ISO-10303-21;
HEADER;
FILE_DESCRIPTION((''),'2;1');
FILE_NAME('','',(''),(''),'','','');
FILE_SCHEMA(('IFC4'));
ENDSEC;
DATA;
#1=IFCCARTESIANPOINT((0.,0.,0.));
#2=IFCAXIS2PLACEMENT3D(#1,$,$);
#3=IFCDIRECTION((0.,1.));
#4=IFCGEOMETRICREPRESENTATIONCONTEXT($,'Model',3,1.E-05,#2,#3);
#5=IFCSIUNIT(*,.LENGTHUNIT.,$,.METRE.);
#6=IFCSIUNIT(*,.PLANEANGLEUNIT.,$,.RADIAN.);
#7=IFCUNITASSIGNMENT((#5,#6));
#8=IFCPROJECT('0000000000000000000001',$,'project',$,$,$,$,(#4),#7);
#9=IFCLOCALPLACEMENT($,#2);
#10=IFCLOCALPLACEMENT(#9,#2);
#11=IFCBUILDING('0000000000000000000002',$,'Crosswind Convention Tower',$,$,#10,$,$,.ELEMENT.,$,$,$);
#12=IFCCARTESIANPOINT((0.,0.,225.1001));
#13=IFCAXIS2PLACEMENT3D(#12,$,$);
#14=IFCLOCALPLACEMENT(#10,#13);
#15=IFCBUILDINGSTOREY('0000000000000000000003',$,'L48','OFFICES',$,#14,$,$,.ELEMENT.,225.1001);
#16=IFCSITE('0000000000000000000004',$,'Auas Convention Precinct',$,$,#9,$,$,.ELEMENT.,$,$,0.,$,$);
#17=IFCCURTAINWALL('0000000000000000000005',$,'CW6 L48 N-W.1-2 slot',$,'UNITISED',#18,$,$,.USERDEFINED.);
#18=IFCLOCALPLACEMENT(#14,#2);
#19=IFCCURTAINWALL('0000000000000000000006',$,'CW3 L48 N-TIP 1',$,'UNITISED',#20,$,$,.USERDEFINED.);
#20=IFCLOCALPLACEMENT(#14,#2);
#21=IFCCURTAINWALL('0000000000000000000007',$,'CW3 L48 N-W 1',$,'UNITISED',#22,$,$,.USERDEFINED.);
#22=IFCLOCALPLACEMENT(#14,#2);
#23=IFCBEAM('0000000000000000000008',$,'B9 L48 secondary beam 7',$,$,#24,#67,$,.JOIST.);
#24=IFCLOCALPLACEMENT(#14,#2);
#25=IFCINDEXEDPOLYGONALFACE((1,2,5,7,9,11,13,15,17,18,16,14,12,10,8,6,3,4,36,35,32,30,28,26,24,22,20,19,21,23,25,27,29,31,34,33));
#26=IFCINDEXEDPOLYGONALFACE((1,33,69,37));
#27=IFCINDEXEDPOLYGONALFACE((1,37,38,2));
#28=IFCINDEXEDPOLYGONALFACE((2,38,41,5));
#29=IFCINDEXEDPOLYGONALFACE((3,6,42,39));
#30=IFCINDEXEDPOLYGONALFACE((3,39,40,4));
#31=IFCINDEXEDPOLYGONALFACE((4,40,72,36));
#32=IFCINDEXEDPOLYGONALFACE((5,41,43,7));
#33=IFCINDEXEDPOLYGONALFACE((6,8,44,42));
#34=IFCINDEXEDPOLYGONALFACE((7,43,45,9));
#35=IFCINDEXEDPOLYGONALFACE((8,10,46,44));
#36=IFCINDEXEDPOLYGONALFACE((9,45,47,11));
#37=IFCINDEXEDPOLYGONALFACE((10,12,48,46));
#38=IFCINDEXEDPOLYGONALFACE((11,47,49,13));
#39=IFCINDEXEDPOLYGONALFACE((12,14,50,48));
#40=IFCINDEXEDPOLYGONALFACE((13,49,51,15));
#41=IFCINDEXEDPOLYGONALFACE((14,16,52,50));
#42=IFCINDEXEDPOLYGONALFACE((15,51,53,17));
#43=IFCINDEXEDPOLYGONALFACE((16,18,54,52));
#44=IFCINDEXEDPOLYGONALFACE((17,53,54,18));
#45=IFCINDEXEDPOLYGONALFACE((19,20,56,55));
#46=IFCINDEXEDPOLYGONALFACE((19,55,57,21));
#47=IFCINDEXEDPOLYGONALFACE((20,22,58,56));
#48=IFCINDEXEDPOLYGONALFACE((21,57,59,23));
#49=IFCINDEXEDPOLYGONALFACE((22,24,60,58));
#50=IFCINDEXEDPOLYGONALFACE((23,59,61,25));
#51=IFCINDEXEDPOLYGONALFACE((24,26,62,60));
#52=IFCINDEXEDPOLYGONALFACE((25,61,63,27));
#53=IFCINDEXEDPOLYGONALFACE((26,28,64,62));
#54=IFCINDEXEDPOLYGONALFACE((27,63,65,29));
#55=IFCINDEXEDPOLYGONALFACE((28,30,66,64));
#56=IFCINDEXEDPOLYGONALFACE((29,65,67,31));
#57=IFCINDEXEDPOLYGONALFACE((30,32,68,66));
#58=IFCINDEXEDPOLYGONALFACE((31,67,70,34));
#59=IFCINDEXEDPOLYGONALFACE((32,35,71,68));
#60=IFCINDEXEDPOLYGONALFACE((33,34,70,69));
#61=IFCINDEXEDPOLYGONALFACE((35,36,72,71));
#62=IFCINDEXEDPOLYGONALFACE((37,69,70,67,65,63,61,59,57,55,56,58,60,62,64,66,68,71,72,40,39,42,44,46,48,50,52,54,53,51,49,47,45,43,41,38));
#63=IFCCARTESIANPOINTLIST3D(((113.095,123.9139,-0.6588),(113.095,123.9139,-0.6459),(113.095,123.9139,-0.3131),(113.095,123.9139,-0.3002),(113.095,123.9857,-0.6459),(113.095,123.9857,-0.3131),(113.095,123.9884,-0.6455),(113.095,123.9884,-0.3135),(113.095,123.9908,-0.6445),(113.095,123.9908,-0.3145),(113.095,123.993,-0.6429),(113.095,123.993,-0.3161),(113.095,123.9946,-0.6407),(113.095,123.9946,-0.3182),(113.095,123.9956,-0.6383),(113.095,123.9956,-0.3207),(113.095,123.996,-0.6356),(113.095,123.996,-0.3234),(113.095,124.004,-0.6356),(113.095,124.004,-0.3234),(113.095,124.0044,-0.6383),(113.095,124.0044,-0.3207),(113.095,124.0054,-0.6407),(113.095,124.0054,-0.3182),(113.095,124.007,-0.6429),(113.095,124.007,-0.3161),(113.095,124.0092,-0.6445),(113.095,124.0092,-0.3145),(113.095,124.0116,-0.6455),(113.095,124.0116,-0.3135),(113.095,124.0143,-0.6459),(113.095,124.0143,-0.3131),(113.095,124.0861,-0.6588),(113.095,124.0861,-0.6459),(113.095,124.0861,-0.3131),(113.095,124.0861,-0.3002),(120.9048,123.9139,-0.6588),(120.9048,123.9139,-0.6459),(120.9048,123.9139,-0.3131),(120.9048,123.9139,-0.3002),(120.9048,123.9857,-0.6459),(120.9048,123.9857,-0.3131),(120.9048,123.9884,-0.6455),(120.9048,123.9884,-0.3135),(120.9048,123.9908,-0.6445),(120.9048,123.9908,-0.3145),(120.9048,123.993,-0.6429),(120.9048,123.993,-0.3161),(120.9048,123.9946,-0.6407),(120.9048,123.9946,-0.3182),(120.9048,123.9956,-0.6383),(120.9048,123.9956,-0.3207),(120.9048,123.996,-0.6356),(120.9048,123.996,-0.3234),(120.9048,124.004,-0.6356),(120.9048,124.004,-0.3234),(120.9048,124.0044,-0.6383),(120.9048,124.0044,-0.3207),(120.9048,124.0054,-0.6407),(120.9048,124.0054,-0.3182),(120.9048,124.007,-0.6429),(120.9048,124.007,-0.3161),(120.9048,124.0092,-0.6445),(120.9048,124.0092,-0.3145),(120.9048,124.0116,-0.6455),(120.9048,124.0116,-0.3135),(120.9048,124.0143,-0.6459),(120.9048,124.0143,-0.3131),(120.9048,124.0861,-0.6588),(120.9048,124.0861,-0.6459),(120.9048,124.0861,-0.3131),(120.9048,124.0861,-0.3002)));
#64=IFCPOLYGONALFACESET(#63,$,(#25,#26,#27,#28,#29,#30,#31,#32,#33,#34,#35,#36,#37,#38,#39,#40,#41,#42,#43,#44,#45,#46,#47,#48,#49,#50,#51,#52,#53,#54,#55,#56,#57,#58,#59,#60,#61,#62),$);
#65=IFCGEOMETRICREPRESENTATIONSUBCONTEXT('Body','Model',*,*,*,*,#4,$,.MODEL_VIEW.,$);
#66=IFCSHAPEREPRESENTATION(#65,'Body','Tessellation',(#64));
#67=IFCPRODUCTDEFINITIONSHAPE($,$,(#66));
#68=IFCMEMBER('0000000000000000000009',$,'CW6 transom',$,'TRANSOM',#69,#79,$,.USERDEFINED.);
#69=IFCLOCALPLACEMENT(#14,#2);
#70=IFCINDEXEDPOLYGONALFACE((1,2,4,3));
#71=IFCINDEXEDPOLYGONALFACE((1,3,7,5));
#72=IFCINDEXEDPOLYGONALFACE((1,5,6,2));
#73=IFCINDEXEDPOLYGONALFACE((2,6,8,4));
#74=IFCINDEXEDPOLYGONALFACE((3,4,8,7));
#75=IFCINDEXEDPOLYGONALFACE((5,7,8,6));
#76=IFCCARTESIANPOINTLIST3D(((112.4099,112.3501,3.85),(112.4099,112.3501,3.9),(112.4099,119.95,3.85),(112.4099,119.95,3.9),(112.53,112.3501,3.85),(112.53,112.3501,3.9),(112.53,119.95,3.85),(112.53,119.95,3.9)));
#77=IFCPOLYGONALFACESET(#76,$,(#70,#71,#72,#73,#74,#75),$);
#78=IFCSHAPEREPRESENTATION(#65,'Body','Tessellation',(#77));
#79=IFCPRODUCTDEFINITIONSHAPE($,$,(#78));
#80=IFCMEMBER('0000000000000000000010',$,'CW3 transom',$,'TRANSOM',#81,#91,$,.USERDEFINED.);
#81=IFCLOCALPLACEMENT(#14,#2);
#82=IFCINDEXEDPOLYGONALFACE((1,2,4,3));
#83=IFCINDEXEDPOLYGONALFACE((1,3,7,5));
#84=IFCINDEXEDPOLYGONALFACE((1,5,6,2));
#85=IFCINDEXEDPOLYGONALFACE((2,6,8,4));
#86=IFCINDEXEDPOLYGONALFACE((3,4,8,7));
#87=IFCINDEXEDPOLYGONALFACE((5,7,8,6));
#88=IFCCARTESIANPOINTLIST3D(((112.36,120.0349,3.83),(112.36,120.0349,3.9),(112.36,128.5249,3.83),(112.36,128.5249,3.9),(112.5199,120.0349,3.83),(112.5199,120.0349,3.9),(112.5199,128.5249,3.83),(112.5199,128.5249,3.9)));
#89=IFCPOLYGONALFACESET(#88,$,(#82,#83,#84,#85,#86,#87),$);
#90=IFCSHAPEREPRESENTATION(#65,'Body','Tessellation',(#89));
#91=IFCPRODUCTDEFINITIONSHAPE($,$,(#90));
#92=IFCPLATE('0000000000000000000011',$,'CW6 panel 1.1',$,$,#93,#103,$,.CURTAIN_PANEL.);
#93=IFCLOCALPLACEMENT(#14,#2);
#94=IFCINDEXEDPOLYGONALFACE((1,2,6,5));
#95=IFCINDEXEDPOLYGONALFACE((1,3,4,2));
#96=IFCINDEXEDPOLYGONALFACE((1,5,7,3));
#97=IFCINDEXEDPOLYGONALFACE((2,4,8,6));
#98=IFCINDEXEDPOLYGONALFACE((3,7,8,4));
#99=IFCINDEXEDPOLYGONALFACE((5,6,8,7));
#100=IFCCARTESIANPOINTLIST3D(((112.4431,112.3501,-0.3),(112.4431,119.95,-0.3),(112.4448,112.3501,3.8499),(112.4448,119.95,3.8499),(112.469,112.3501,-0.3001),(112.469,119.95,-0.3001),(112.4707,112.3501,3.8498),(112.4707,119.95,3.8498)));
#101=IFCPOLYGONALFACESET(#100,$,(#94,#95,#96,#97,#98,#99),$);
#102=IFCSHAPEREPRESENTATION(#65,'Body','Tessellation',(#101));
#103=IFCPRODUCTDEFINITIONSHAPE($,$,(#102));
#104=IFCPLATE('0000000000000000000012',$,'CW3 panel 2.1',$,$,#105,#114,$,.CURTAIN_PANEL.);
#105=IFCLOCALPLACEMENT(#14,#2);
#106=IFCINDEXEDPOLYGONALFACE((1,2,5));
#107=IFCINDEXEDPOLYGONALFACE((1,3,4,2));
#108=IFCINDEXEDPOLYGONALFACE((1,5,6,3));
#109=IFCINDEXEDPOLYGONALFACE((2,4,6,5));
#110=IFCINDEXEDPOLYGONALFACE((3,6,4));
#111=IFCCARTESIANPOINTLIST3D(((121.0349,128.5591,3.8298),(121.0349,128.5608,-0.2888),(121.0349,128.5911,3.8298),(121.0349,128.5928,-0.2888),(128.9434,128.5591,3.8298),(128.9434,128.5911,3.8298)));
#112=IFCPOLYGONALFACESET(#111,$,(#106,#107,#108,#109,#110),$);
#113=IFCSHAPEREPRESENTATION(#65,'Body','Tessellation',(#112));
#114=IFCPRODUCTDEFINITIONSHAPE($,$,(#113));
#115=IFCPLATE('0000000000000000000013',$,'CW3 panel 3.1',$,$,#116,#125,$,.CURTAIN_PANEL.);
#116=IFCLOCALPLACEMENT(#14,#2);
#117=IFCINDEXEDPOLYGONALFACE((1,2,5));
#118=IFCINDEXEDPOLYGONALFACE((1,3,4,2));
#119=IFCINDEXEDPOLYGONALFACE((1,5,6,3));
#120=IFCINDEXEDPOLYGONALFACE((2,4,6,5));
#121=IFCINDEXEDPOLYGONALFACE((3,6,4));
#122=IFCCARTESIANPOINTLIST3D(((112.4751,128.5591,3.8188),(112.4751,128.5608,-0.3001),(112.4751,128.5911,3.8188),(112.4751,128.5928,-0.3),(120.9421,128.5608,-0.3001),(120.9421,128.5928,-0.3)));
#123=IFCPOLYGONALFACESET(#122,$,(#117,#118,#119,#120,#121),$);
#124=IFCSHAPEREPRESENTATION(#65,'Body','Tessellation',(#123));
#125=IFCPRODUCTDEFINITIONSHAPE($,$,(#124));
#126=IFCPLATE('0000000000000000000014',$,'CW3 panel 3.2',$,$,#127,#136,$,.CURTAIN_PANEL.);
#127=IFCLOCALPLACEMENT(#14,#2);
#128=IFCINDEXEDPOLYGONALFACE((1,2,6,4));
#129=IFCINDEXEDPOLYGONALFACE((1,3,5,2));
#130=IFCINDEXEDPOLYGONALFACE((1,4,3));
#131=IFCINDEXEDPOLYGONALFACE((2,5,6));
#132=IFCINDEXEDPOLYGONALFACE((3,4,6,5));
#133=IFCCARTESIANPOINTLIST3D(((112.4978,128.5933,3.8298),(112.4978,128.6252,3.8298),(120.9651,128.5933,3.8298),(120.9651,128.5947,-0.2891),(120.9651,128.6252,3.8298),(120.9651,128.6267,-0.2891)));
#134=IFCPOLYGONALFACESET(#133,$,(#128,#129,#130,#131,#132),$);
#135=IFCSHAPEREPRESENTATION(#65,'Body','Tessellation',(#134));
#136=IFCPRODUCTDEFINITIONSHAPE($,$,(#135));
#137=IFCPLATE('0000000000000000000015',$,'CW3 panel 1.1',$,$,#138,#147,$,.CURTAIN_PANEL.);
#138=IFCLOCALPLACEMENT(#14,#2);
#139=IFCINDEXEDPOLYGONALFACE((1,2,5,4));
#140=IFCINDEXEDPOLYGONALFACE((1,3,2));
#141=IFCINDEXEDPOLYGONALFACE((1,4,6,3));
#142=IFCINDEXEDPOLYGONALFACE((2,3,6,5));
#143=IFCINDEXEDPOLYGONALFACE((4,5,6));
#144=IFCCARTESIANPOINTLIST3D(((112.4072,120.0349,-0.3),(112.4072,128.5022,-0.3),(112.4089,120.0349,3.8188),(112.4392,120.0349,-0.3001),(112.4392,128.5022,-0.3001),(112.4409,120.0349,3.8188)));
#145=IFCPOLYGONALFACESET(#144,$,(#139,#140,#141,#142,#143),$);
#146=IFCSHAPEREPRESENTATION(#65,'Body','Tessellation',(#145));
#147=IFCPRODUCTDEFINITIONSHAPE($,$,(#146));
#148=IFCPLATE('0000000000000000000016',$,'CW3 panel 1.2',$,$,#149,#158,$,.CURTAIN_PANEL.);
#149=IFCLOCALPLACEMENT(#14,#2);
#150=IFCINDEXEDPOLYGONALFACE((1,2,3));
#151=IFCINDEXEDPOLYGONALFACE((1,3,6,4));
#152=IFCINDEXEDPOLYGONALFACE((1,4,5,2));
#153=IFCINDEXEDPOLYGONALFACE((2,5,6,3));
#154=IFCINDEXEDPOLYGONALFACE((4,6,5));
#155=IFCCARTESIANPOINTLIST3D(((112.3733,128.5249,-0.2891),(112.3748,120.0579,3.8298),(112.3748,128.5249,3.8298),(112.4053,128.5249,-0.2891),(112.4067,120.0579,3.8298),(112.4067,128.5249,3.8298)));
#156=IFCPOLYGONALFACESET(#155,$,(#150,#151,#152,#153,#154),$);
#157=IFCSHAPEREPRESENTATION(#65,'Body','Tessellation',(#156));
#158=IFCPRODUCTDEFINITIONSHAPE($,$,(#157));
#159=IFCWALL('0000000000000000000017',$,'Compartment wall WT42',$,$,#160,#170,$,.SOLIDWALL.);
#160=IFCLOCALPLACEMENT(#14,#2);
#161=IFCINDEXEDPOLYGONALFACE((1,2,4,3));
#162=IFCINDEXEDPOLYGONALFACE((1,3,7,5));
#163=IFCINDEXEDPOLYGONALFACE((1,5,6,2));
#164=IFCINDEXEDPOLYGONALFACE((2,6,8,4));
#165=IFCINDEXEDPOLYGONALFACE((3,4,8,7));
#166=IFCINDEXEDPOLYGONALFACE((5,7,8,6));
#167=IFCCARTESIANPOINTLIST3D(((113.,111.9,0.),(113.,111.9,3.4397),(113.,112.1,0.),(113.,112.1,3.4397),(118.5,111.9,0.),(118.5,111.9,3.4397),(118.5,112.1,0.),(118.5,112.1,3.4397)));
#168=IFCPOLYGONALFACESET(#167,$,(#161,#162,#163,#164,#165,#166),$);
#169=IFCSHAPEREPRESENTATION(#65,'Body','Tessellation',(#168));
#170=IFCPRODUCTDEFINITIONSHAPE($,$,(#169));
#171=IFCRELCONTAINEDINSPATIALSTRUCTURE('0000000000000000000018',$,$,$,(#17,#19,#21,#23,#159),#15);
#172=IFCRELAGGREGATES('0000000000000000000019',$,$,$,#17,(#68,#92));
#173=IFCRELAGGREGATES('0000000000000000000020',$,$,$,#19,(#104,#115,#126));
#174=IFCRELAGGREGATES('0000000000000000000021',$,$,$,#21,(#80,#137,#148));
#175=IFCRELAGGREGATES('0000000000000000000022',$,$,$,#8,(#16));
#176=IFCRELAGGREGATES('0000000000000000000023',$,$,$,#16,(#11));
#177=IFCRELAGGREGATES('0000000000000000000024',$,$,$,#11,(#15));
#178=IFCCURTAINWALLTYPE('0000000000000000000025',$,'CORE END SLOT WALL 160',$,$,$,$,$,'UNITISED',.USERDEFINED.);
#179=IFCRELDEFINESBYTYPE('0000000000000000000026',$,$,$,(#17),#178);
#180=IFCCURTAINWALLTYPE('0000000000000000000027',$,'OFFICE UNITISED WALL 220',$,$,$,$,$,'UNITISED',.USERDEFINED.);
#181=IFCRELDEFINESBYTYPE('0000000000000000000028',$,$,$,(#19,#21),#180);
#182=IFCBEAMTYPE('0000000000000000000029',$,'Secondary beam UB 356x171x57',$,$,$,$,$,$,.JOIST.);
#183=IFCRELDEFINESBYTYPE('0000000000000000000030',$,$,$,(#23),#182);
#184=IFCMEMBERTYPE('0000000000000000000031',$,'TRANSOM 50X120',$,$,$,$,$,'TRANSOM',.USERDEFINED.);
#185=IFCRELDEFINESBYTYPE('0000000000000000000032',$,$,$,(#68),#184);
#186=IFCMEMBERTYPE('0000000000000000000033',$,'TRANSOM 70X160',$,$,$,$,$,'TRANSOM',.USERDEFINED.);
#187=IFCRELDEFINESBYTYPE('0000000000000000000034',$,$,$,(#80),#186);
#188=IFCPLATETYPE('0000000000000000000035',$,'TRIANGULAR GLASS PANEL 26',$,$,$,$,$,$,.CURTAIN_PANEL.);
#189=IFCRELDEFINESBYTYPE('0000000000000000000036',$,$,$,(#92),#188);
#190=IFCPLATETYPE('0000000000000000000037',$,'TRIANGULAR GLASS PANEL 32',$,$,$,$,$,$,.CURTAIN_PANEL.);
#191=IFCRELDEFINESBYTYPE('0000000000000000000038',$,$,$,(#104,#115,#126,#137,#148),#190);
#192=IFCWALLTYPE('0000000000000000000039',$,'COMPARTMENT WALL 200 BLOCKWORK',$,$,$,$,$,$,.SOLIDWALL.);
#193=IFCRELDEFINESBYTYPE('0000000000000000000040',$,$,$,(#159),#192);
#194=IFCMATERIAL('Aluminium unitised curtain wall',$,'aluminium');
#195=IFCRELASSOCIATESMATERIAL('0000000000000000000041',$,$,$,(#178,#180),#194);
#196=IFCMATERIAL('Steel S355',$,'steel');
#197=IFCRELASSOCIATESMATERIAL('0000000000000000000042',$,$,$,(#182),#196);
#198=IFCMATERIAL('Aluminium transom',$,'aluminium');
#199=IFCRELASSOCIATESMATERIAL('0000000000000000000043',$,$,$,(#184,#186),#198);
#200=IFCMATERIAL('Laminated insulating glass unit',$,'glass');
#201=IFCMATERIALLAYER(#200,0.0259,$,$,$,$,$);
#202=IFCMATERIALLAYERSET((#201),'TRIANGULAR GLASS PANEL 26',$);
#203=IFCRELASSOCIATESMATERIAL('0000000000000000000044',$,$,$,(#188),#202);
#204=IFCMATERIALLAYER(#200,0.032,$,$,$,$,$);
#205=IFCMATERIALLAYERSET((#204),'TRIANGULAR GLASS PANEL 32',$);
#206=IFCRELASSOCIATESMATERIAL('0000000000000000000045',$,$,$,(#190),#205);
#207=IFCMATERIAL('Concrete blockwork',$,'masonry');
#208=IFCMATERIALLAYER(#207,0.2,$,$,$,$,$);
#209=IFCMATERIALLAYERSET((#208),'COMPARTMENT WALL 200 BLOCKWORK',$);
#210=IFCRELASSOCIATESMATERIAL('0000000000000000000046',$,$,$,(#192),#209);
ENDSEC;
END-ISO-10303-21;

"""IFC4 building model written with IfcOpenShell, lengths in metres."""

from ifc_helpers import new_model, si_unit, direction, frame, frame_2d, origin, origin_2d, place, context, subcontext, project, spatial, polyline, rectangle, i_section, outline, extrude, material, layer, layer_set, material_profile, profile_set, type_object, element, aggregate, save


model = new_model("IFC4")

# Units and contexts
model_context = context("Model", 3, precision=1e-05, world=origin(), true_north=direction((0.0, 1.0)))
body_context = subcontext(model_context, "Body", "Model", "MODEL_VIEW")
ifc_project = project(units=[si_unit("LENGTHUNIT", "METRE"), si_unit("PLANEANGLEUNIT", "RADIAN")], contexts=[model_context])

# Site, building, storey
site_placement = place(None, origin())
site = spatial("IfcSite", under=ifc_project, at=site_placement, Name="Auas Convention Precinct", CompositionType="ELEMENT", RefElevation=0.0)
building_placement = place(site_placement, origin())
building = spatial("IfcBuilding", under=site, at=building_placement, Name="Crosswind Convention Tower", CompositionType="ELEMENT")
storey_placement = place(building_placement, frame((0.0, 0.0, 225.1001)))
storey = spatial("IfcBuildingStorey", under=building, at=storey_placement, Name="L48", Description="OFFICES", CompositionType="ELEMENT", Elevation=225.1001)

# Shared definitions
ifc_material_1 = material(Name="Steel S355", Category="steel")

# Curtain walls
ifc_material_2 = material(Name="Aluminium unitised curtain wall", Category="aluminium")
curtain_wall_type_1 = type_object("IfcCurtainWallType", Name="CORE END SLOT WALL 160", ElementType="UNITISED", PredefinedType="USERDEFINED", material=ifc_material_2)
curtain_wall_1_placement = place(storey_placement, origin())
curtain_wall_1 = element("IfcCurtainWall", 1, at=curtain_wall_1_placement, inside=storey, type_object=curtain_wall_type_1, Name="CW6 L48 N-W.1-2 slot", ObjectType="UNITISED", PredefinedType="USERDEFINED")
curtain_wall_type_2 = type_object("IfcCurtainWallType", Name="OFFICE UNITISED WALL 220", ElementType="UNITISED", PredefinedType="USERDEFINED", material=ifc_material_2)
curtain_wall_2_placement = place(storey_placement, origin())
curtain_wall_2 = element("IfcCurtainWall", 2, at=curtain_wall_2_placement, inside=storey, type_object=curtain_wall_type_2, Name="CW3 L48 N-TIP 1", ObjectType="UNITISED", PredefinedType="USERDEFINED")

# Curtain wall
curtain_wall_3_placement = place(storey_placement, origin())
curtain_wall_3 = element("IfcCurtainWall", 3, at=curtain_wall_3_placement, inside=storey, type_object=curtain_wall_type_2, Name="CW3 L48 N-W 1", ObjectType="UNITISED", PredefinedType="USERDEFINED")

# Beam
ifc_material_profile_1 = material_profile(ifc_material_1, i_section(OverallWidth=0.1721, OverallDepth=0.3586, WebThickness=0.0081, FlangeThickness=0.0129, FilletRadius=0.0103, at=origin_2d()), Name="UB 356x171x57")
ifc_profile_set_1 = profile_set([ifc_material_profile_1], Name="Steel S355")
beam_type_1 = type_object("IfcBeamType", Name="Secondary beam UB 356x171x57", PredefinedType="JOIST", material=ifc_profile_set_1)
for number, where, z_axis, x_axis, name in (
    (4, (113.095, 124.0, -0.4795), (1.0, 0.0, 0.0), (0.0, 1.0, 0.0), "B9 L48 secondary beam 7"),
):
    element("IfcBeam", number, at=place(storey_placement, frame(where, z_axis=z_axis, x_axis=x_axis)), inside=storey, type_object=beam_type_1, Name=name, PredefinedType="JOIST", context=body_context, shape_type="SweptSolid", body=[
        extrude(i_section(OverallWidth=0.1721, OverallDepth=0.3586, WebThickness=0.0081, FlangeThickness=0.0129, FilletRadius=0.0103, at=origin_2d()), origin(), (0.0, 0.0, 1.0), 7.8098),
    ])

# Members
ifc_material_3 = material(Name="Aluminium transom", Category="aluminium")
ifc_material_profile_2 = material_profile(ifc_material_3, rectangle(XDim=0.1201, YDim=0.05, at=origin_2d()), Name="AL 120X50")
ifc_profile_set_2 = profile_set([ifc_material_profile_2], Name="Aluminium transom")
member_type_1 = type_object("IfcMemberType", Name="TRANSOM 50X120", ElementType="TRANSOM", PredefinedType="USERDEFINED", material=ifc_profile_set_2)
member_1_placement = place(storey_placement, frame((112.47, 119.95, 3.875), z_axis=(0.0, -1.0, 0.0), x_axis=(1.0, 0.0, 0.0)))
member_1 = element("IfcMember", 5, at=member_1_placement, type_object=member_type_1, Name="CW6 transom", ObjectType="TRANSOM", PredefinedType="USERDEFINED", context=body_context, shape_type="SweptSolid", body=[
    extrude(rectangle(XDim=0.1201, YDim=0.05, at=origin_2d()), origin(), (0.0, 0.0, 1.0), 7.5999),
])
ifc_material_profile_3 = material_profile(ifc_material_3, rectangle(XDim=0.1599, YDim=0.0701, at=origin_2d()), Name="AL 160X70")
ifc_profile_set_3 = profile_set([ifc_material_profile_3], Name="Aluminium transom")
member_type_2 = type_object("IfcMemberType", Name="TRANSOM 70X160", ElementType="TRANSOM", PredefinedType="USERDEFINED", material=ifc_profile_set_3)
member_2_placement = place(storey_placement, frame((112.4399, 128.5249, 3.865), z_axis=(0.0, -1.0, 0.0), x_axis=(1.0, 0.0, 0.0)))
member_2 = element("IfcMember", 6, at=member_2_placement, type_object=member_type_2, Name="CW3 transom", ObjectType="TRANSOM", PredefinedType="USERDEFINED", context=body_context, shape_type="SweptSolid", body=[
    extrude(rectangle(XDim=0.1599, YDim=0.0701, at=origin_2d()), origin(), (0.0, 0.0, 1.0), 8.49),
])

# Plates
ifc_material_4 = material(Name="Laminated insulating glass unit", Category="glass")
ifc_layer_1 = layer(ifc_material_4, 0.0259)
ifc_layer_set_1 = layer_set([ifc_layer_1], Name="TRIANGULAR GLASS PANEL 26")
plate_type_1 = type_object("IfcPlateType", Name="TRIANGULAR GLASS PANEL 26", PredefinedType="CURTAIN_PANEL", material=ifc_layer_set_1)
plate_1_placement = place(storey_placement, frame((112.4431, 119.95, -0.3), z_axis=(-1.0, 0.0, 0.000412), x_axis=(0.0, -1.0, 0.0)))
plate_1 = element("IfcPlate", 7, at=plate_1_placement, type_object=plate_type_1, Name="CW6 panel 1.1", PredefinedType="CURTAIN_PANEL", context=body_context, shape_type="SweptSolid", body=[
    extrude(outline(polyline([(0.0, 0.0), (7.5999, 0.0), (7.5999, 4.1499), (0.0, 4.1499), (0.0, 0.0)])), origin(), (0.0, 0.0, -1.0), 0.0259),
])
aggregate(curtain_wall_1, [member_1, plate_1])
ifc_layer_2 = layer(ifc_material_4, 0.032)
ifc_layer_set_2 = layer_set([ifc_layer_2], Name="TRIANGULAR GLASS PANEL 32")
plate_type_2 = type_object("IfcPlateType", Name="TRIANGULAR GLASS PANEL 32", PredefinedType="CURTAIN_PANEL", material=ifc_layer_set_2)
plate_2_placement = place(storey_placement, frame((121.0349, 128.5911, 3.8298), z_axis=(0.0, 1.0, 0.000415), x_axis=(1.0, 0.0, 0.0)))
plate_2 = element("IfcPlate", 8, at=plate_2_placement, type_object=plate_type_2, Name="CW3 panel 2.1", PredefinedType="CURTAIN_PANEL", context=body_context, shape_type="SweptSolid", body=[
    extrude(outline(polyline([(0.0, 0.0), (7.9084, 0.0), (0.0, 4.1187), (0.0, 0.0)])), origin(), (0.0, 0.0, -1.0), 0.032),
])
plate_3_placement = place(storey_placement, frame((112.4751, 128.5928, -0.3), z_axis=(0.0, 1.0, 0.000415), x_axis=(0.0, -0.000415, 1.0)))
plate_3 = element("IfcPlate", 9, at=plate_3_placement, type_object=plate_type_2, Name="CW3 panel 3.1", PredefinedType="CURTAIN_PANEL", context=body_context, shape_type="SweptSolid", body=[
    extrude(outline(polyline([(0.0, 0.0), (4.1189, 0.0), (0.0, 8.467), (0.0, 0.0)])), origin(), (0.0, 0.0, -1.0), 0.032),
])
plate_4_placement = place(storey_placement, frame((120.9651, 128.6252, 3.8298), z_axis=(0.0, 1.0, 0.000356), x_axis=(0.0, 0.000356, -1.0)))
plate_4 = element("IfcPlate", 10, at=plate_4_placement, type_object=plate_type_2, Name="CW3 panel 3.2", PredefinedType="CURTAIN_PANEL", context=body_context, shape_type="SweptSolid", body=[
    extrude(outline(polyline([(0.0, 0.0), (4.1189, 0.0), (0.0, 8.4673), (0.0, 0.0)])), origin(), (0.0, 0.0, -1.0), 0.032),
])
aggregate(curtain_wall_2, [plate_2, plate_3, plate_4])
plate_5_placement = place(storey_placement, frame((112.4072, 120.0349, -0.3), z_axis=(-1.0, 0.0, 0.000415), x_axis=(0.000415, 0.0, 1.0)))
plate_5 = element("IfcPlate", 11, at=plate_5_placement, type_object=plate_type_2, Name="CW3 panel 1.1", PredefinedType="CURTAIN_PANEL", context=body_context, shape_type="SweptSolid", body=[
    extrude(outline(polyline([(0.0, 0.0), (4.1189, 0.0), (0.0, 8.4673), (0.0, 0.0)])), origin(), (0.0, 0.0, -1.0), 0.032),
])
plate_6_placement = place(storey_placement, frame((112.3748, 128.5249, 3.8298), z_axis=(-1.0, 0.0, 0.000356), x_axis=(-0.000356, 0.0, -1.0)))
plate_6 = element("IfcPlate", 12, at=plate_6_placement, type_object=plate_type_2, Name="CW3 panel 1.2", PredefinedType="CURTAIN_PANEL", context=body_context, shape_type="SweptSolid", body=[
    extrude(outline(polyline([(0.0, 0.0), (4.1189, 0.0), (0.0, 8.467), (0.0, 0.0)])), origin(), (0.0, 0.0, -1.0), 0.032),
])

# Wall
ifc_material_5 = material(Name="Concrete blockwork", Category="masonry")
ifc_layer_3 = layer(ifc_material_5, 0.2)
ifc_layer_set_3 = layer_set([ifc_layer_3], Name="COMPARTMENT WALL 200 BLOCKWORK")
wall_type_1 = type_object("IfcWallType", Name="COMPARTMENT WALL 200 BLOCKWORK", PredefinedType="SOLIDWALL", material=ifc_layer_set_3)
wall_1_placement = place(storey_placement, frame((113.0, 112.0, 0.0), z_axis=(0.0, 0.0, 1.0), x_axis=(1.0, 0.0, 0.0)))
element("IfcWall", 13, at=wall_1_placement, inside=storey, type_object=wall_type_1, Name="Compartment wall WT42", PredefinedType="SOLIDWALL", context=body_context, shape_type="SweptSolid", body=[
    extrude(rectangle(XDim=5.5, YDim=0.2, at=frame_2d((2.75, 0.0))), origin(), (0.0, 0.0, 1.0), 3.4397),
])

aggregate(curtain_wall_3, [member_2, plate_5, plate_6])

save(model, "model.ifc")
